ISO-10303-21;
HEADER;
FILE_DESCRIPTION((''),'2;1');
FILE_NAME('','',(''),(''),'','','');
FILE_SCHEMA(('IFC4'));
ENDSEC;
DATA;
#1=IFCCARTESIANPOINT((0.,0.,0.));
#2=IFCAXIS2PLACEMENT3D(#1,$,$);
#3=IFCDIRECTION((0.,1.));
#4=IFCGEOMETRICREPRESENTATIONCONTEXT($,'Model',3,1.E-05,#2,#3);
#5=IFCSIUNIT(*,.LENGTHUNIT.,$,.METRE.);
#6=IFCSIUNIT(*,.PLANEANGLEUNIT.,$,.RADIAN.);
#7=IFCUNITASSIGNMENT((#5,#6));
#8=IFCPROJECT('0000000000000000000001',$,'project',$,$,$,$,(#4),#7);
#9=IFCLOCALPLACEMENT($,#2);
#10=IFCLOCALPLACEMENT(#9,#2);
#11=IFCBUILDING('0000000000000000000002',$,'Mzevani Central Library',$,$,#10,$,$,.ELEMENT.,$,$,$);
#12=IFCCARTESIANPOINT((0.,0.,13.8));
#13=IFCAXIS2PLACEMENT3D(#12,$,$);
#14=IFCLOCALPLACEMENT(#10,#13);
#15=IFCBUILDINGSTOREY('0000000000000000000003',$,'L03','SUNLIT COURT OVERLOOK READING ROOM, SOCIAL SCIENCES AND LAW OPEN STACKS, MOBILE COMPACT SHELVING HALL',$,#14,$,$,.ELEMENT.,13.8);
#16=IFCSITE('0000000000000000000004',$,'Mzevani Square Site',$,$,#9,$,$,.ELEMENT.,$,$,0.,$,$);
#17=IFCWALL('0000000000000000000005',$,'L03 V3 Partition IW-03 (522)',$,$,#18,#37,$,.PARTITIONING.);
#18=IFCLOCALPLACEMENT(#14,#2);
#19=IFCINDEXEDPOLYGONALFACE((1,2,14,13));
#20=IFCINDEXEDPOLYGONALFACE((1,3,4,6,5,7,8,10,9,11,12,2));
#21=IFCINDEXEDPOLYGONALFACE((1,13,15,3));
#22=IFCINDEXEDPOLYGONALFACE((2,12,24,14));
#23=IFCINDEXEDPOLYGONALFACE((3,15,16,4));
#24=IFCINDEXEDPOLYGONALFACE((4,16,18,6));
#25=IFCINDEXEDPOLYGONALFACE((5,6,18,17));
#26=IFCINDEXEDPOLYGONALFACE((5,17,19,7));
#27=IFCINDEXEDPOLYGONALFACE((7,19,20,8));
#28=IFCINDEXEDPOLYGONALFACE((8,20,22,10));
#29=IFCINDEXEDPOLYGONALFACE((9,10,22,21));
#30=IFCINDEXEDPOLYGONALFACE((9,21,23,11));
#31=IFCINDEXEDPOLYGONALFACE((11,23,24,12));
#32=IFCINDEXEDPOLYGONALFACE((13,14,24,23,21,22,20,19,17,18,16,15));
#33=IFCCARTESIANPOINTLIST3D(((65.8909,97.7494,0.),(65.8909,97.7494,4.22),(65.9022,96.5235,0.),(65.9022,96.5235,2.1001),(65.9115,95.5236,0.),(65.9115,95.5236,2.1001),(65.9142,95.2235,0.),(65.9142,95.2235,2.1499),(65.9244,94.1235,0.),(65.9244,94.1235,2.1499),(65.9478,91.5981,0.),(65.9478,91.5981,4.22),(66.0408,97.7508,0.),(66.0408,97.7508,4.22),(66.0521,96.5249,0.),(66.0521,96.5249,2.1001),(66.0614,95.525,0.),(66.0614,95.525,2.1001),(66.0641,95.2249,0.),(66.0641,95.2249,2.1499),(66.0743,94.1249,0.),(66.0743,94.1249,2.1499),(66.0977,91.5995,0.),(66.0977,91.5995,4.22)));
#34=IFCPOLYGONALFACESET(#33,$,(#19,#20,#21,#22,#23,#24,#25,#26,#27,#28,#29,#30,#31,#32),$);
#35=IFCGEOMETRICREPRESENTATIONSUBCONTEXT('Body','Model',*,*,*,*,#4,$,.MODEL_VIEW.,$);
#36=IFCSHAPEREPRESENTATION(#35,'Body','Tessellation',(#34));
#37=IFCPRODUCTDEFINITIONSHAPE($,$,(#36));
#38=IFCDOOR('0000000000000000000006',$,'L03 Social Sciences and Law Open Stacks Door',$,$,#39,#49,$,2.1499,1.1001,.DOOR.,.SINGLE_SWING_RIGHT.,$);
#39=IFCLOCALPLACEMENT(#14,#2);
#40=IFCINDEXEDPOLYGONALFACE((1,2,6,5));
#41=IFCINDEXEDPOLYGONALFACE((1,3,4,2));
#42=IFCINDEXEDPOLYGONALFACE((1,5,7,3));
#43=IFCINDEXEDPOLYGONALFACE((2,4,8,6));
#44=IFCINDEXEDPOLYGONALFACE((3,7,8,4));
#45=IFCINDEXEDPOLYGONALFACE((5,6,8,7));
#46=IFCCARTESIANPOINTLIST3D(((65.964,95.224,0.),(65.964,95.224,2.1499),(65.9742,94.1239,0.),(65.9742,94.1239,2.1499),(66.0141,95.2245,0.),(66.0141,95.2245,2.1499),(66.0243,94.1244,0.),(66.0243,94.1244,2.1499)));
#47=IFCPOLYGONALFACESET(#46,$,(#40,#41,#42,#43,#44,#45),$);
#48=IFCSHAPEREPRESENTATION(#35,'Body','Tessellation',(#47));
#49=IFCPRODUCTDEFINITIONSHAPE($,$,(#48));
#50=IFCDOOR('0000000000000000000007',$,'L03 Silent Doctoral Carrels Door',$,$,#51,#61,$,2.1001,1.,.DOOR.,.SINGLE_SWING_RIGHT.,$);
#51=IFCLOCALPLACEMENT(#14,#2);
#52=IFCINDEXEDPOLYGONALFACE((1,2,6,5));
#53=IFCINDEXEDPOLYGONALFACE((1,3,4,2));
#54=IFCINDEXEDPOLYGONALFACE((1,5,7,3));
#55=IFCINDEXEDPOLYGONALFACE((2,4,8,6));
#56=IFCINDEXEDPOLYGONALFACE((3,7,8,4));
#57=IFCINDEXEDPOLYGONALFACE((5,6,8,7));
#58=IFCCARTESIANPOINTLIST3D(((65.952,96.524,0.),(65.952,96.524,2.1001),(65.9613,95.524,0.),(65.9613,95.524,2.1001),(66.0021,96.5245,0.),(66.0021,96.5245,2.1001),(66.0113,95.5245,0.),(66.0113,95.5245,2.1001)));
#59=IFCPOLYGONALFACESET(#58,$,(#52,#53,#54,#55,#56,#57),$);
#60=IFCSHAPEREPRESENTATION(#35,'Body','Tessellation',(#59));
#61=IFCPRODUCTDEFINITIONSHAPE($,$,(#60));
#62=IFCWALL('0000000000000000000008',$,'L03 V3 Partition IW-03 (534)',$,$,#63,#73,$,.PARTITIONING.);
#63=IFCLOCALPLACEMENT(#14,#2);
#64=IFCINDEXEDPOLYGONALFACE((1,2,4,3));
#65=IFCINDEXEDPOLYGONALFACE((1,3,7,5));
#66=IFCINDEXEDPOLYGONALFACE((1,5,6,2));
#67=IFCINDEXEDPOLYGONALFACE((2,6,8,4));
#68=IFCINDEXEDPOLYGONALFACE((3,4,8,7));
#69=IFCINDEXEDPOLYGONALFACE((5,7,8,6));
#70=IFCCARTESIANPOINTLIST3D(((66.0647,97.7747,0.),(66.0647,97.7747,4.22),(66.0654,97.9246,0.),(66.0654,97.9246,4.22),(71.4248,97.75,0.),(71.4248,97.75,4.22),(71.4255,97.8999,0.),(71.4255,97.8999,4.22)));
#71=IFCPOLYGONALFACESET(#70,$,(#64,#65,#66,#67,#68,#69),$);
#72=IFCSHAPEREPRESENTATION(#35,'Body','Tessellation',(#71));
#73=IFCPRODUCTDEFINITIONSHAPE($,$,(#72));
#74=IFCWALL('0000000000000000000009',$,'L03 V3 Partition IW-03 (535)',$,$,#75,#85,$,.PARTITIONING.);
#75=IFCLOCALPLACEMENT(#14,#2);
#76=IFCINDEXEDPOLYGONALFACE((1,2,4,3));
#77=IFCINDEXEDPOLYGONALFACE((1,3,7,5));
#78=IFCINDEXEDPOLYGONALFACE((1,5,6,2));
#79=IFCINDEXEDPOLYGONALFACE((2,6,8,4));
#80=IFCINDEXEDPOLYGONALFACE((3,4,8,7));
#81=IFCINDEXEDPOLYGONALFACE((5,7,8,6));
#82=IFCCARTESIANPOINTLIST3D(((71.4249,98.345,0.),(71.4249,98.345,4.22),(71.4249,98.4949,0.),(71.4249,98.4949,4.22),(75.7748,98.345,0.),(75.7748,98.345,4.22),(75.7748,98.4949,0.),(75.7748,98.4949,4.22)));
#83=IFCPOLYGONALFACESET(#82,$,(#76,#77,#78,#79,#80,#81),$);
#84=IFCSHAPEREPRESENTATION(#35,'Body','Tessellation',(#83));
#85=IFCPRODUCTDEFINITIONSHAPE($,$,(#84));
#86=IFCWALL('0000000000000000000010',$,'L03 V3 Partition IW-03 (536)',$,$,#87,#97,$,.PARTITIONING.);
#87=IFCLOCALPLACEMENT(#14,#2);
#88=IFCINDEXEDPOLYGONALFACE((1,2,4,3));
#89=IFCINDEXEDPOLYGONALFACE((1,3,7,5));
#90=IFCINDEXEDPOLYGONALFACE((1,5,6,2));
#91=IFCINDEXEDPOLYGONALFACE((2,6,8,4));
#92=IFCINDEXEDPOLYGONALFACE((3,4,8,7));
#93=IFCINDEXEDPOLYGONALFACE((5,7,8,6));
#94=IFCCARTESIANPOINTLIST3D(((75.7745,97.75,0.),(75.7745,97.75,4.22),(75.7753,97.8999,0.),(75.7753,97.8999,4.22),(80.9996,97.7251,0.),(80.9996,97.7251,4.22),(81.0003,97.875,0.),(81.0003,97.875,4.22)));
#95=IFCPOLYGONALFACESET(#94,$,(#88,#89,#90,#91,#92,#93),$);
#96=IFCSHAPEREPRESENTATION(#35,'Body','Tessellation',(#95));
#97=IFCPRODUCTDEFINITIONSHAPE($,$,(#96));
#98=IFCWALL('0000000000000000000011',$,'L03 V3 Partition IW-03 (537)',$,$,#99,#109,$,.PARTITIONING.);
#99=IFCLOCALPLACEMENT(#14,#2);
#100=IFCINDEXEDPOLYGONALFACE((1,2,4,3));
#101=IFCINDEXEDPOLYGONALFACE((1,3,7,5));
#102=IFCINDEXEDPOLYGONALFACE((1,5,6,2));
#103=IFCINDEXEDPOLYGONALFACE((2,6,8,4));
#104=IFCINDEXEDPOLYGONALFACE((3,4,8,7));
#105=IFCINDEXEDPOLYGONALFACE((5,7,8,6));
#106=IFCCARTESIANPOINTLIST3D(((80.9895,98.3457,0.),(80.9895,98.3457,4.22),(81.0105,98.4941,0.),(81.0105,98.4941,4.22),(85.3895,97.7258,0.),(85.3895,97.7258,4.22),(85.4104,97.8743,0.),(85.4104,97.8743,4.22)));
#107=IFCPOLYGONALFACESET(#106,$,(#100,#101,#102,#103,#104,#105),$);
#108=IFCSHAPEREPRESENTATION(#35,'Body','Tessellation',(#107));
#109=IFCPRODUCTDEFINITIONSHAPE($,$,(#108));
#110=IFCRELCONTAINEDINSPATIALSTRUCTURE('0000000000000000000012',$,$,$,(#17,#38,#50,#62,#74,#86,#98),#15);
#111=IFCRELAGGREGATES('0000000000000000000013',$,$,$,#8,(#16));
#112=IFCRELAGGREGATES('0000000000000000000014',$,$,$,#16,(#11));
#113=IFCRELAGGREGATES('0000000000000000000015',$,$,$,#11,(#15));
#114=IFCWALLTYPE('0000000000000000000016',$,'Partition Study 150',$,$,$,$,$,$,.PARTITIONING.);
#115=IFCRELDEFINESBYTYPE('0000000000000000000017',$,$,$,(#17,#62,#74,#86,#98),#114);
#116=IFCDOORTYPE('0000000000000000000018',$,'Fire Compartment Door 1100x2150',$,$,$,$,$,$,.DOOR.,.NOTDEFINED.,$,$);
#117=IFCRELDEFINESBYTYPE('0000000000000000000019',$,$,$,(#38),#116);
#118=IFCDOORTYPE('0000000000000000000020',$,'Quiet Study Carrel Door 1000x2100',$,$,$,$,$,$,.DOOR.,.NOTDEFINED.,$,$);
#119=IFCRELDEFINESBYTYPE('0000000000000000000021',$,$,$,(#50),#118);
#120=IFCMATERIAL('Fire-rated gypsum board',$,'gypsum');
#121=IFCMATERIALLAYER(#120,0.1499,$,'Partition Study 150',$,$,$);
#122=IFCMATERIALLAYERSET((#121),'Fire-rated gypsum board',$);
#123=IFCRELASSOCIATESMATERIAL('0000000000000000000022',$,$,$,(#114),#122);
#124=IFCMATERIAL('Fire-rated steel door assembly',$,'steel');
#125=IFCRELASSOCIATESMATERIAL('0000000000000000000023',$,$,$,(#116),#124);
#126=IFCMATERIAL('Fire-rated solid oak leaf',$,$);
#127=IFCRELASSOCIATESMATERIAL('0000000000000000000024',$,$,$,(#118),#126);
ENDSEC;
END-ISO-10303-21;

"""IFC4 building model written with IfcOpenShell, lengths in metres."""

from ifc_helpers import new_model, si_unit, direction, frame, frame_2d, origin, place, context, subcontext, project, spatial, rectangle, extrude, material, layer, layer_set, type_object, element, fill, save


model = new_model("IFC4")

# Units and contexts
model_context = context("Model", 3, precision=1e-05, world=origin(), true_north=direction((0.0, 1.0)))
body_context = subcontext(model_context, "Body", "Model", "MODEL_VIEW")
ifc_project = project(units=[si_unit("LENGTHUNIT", "METRE"), si_unit("PLANEANGLEUNIT", "RADIAN")], contexts=[model_context])

# Site, building, storey
site_placement = place(None, origin())
site = spatial("IfcSite", under=ifc_project, at=site_placement, Name="Mzevani Square Site", CompositionType="ELEMENT", RefElevation=0.0)
building_placement = place(site_placement, origin())
building = spatial("IfcBuilding", under=site, at=building_placement, Name="Mzevani Central Library", CompositionType="ELEMENT")
storey_placement = place(building_placement, frame((0.0, 0.0, 13.8)))
storey = spatial("IfcBuildingStorey", under=building, at=storey_placement, Name="L03", Description="SUNLIT COURT OVERLOOK READING ROOM, SOCIAL SCIENCES AND LAW OPEN STACKS, MOBILE COMPACT SHELVING HALL", CompositionType="ELEMENT", Elevation=13.8)

# Wall, openings, doors
ifc_material_1 = material(Name="Fire-rated gypsum board", Category="gypsum")
ifc_layer_1 = layer(ifc_material_1, 0.1499, Name="Partition Study 150")
ifc_layer_set_1 = layer_set([ifc_layer_1], Name="Fire-rated gypsum board")
wall_type_1 = type_object("IfcWallType", Name="Partition Study 150", PredefinedType="PARTITIONING", material=ifc_layer_set_1)
wall_1_placement = place(storey_placement, frame((65.9658, 97.75, 0.0), z_axis=(0.0, 0.0, 1.0), x_axis=(0.009247, -0.999957, 0.0)))
wall_1 = element("IfcWall", 1, at=wall_1_placement, inside=storey, type_object=wall_type_1, Name="L03 V3 Partition IW-03 (522)", PredefinedType="PARTITIONING", context=body_context, shape_type="SweptSolid", body=[
    extrude(rectangle(XDim=6.1516, YDim=0.1499, at=frame_2d((3.0757, 0.0))), origin(), (0.0, 0.0, 1.0), 4.22),
])
opening_1_placement = place(wall_1_placement, frame((2.5259, 0.0, 0.0)))
opening_1 = element("IfcOpeningElement", 2, at=opening_1_placement, cuts=wall_1, PredefinedType="OPENING", context=body_context, shape_type="SweptSolid", body=[
    extrude(rectangle(XDim=1.1001, YDim=2.1499, at=frame_2d((0.55, 1.075))), frame((0.0, 0.085, 0.0), z_axis=(0.0, -1.0, 0.0), x_axis=(1.0, 0.0, 0.0)), (0.0, 0.0, 1.0), 0.1699),
])
opening_2_placement = place(wall_1_placement, frame((1.2258, 0.0, 0.0)))
opening_2 = element("IfcOpeningElement", 3, at=opening_2_placement, cuts=wall_1, PredefinedType="OPENING", context=body_context, shape_type="SweptSolid", body=[
    extrude(rectangle(XDim=1.0, YDim=2.1001, at=frame_2d((0.5, 1.05))), frame((0.0, 0.085, 0.0), z_axis=(0.0, -1.0, 0.0), x_axis=(1.0, 0.0, 0.0)), (0.0, 0.0, 1.0), 0.1699),
])
ifc_material_2 = material(Name="Fire-rated steel door assembly", Category="steel")
door_type_1 = type_object("IfcDoorType", Name="Fire Compartment Door 1100x2150", OperationType="NOTDEFINED", PredefinedType="DOOR", material=ifc_material_2)
door_1_placement = place(opening_1_placement, origin())
door_1 = element("IfcDoor", 4, at=door_1_placement, inside=storey, type_object=door_type_1, Name="L03 Social Sciences and Law Open Stacks Door", OperationType="SINGLE_SWING_RIGHT", OverallHeight=2.1499, OverallWidth=1.1001, PredefinedType="DOOR", context=body_context, shape_type="SweptSolid", body=[
    extrude(rectangle(XDim=1.1001, YDim=2.1499, at=frame_2d((0.55, 1.075))), frame((0.0, 0.0249, 0.0), z_axis=(0.0, -1.0, 0.0), x_axis=(1.0, 0.0, 0.0)), (0.0, 0.0, 1.0), 0.05),
])
fill(opening_1, door_1)
ifc_material_3 = material(Name="Fire-rated solid oak leaf")
door_type_2 = type_object("IfcDoorType", Name="Quiet Study Carrel Door 1000x2100", OperationType="NOTDEFINED", PredefinedType="DOOR", material=ifc_material_3)
door_2_placement = place(opening_2_placement, origin())
door_2 = element("IfcDoor", 5, at=door_2_placement, inside=storey, type_object=door_type_2, Name="L03 Silent Doctoral Carrels Door", OperationType="SINGLE_SWING_RIGHT", OverallHeight=2.1001, OverallWidth=1.0, PredefinedType="DOOR", context=body_context, shape_type="SweptSolid", body=[
    extrude(rectangle(XDim=1.0, YDim=2.1001, at=frame_2d((0.5, 1.05))), frame((0.0, 0.0249, 0.0), z_axis=(0.0, -1.0, 0.0), x_axis=(1.0, 0.0, 0.0)), (0.0, 0.0, 1.0), 0.05),
])
fill(opening_2, door_2)

# Walls
wall_2_placement = place(storey_placement, frame((66.0649, 97.8496, 0.0), z_axis=(0.0, 0.0, 1.0), x_axis=(0.999989, -0.0046, 0.0)))
element("IfcWall", 6, at=wall_2_placement, inside=storey, type_object=wall_type_1, Name="L03 V3 Partition IW-03 (534)", PredefinedType="PARTITIONING", context=body_context, shape_type="SweptSolid", body=[
    extrude(rectangle(XDim=5.3601, YDim=0.1499, at=frame_2d((2.6802, 0.0))), origin(), (0.0, 0.0, 1.0), 4.22),
])
wall_3_placement = place(storey_placement, frame((71.425, 98.4199, 0.0), z_axis=(0.0, 0.0, 1.0), x_axis=(1.0, 0.0, 0.0)))
element("IfcWall", 7, at=wall_3_placement, inside=storey, type_object=wall_type_1, Name="L03 V3 Partition IW-03 (535)", PredefinedType="PARTITIONING", context=body_context, shape_type="SweptSolid", body=[
    extrude(rectangle(XDim=4.3499, YDim=0.1499, at=frame_2d((2.1748, 0.0))), origin(), (0.0, 0.0, 1.0), 4.22),
])
wall_4_placement = place(storey_placement, frame((75.7749, 97.825, 0.0), z_axis=(0.0, 0.0, 1.0), x_axis=(0.999989, -0.004766, 0.0)))
element("IfcWall", 8, at=wall_4_placement, inside=storey, type_object=wall_type_1, Name="L03 V3 Partition IW-03 (536)", PredefinedType="PARTITIONING", context=body_context, shape_type="SweptSolid", body=[
    extrude(rectangle(XDim=5.2251, YDim=0.1499, at=frame_2d((2.6125, 0.0))), origin(), (0.0, 0.0, 1.0), 4.22),
])
wall_5_placement = place(storey_placement, frame((81.0, 98.4199, 0.0), z_axis=(0.0, 0.0, 1.0), x_axis=(0.990221, -0.139506, 0.0)))
element("IfcWall", 9, at=wall_5_placement, inside=storey, type_object=wall_type_1, Name="L03 V3 Partition IW-03 (537)", PredefinedType="PARTITIONING", context=body_context, shape_type="SweptSolid", body=[
    extrude(rectangle(XDim=4.4434, YDim=0.1499, at=frame_2d((2.2217, 0.0))), origin(), (0.0, 0.0, 1.0), 4.22),
])

save(model, "model.ifc")
